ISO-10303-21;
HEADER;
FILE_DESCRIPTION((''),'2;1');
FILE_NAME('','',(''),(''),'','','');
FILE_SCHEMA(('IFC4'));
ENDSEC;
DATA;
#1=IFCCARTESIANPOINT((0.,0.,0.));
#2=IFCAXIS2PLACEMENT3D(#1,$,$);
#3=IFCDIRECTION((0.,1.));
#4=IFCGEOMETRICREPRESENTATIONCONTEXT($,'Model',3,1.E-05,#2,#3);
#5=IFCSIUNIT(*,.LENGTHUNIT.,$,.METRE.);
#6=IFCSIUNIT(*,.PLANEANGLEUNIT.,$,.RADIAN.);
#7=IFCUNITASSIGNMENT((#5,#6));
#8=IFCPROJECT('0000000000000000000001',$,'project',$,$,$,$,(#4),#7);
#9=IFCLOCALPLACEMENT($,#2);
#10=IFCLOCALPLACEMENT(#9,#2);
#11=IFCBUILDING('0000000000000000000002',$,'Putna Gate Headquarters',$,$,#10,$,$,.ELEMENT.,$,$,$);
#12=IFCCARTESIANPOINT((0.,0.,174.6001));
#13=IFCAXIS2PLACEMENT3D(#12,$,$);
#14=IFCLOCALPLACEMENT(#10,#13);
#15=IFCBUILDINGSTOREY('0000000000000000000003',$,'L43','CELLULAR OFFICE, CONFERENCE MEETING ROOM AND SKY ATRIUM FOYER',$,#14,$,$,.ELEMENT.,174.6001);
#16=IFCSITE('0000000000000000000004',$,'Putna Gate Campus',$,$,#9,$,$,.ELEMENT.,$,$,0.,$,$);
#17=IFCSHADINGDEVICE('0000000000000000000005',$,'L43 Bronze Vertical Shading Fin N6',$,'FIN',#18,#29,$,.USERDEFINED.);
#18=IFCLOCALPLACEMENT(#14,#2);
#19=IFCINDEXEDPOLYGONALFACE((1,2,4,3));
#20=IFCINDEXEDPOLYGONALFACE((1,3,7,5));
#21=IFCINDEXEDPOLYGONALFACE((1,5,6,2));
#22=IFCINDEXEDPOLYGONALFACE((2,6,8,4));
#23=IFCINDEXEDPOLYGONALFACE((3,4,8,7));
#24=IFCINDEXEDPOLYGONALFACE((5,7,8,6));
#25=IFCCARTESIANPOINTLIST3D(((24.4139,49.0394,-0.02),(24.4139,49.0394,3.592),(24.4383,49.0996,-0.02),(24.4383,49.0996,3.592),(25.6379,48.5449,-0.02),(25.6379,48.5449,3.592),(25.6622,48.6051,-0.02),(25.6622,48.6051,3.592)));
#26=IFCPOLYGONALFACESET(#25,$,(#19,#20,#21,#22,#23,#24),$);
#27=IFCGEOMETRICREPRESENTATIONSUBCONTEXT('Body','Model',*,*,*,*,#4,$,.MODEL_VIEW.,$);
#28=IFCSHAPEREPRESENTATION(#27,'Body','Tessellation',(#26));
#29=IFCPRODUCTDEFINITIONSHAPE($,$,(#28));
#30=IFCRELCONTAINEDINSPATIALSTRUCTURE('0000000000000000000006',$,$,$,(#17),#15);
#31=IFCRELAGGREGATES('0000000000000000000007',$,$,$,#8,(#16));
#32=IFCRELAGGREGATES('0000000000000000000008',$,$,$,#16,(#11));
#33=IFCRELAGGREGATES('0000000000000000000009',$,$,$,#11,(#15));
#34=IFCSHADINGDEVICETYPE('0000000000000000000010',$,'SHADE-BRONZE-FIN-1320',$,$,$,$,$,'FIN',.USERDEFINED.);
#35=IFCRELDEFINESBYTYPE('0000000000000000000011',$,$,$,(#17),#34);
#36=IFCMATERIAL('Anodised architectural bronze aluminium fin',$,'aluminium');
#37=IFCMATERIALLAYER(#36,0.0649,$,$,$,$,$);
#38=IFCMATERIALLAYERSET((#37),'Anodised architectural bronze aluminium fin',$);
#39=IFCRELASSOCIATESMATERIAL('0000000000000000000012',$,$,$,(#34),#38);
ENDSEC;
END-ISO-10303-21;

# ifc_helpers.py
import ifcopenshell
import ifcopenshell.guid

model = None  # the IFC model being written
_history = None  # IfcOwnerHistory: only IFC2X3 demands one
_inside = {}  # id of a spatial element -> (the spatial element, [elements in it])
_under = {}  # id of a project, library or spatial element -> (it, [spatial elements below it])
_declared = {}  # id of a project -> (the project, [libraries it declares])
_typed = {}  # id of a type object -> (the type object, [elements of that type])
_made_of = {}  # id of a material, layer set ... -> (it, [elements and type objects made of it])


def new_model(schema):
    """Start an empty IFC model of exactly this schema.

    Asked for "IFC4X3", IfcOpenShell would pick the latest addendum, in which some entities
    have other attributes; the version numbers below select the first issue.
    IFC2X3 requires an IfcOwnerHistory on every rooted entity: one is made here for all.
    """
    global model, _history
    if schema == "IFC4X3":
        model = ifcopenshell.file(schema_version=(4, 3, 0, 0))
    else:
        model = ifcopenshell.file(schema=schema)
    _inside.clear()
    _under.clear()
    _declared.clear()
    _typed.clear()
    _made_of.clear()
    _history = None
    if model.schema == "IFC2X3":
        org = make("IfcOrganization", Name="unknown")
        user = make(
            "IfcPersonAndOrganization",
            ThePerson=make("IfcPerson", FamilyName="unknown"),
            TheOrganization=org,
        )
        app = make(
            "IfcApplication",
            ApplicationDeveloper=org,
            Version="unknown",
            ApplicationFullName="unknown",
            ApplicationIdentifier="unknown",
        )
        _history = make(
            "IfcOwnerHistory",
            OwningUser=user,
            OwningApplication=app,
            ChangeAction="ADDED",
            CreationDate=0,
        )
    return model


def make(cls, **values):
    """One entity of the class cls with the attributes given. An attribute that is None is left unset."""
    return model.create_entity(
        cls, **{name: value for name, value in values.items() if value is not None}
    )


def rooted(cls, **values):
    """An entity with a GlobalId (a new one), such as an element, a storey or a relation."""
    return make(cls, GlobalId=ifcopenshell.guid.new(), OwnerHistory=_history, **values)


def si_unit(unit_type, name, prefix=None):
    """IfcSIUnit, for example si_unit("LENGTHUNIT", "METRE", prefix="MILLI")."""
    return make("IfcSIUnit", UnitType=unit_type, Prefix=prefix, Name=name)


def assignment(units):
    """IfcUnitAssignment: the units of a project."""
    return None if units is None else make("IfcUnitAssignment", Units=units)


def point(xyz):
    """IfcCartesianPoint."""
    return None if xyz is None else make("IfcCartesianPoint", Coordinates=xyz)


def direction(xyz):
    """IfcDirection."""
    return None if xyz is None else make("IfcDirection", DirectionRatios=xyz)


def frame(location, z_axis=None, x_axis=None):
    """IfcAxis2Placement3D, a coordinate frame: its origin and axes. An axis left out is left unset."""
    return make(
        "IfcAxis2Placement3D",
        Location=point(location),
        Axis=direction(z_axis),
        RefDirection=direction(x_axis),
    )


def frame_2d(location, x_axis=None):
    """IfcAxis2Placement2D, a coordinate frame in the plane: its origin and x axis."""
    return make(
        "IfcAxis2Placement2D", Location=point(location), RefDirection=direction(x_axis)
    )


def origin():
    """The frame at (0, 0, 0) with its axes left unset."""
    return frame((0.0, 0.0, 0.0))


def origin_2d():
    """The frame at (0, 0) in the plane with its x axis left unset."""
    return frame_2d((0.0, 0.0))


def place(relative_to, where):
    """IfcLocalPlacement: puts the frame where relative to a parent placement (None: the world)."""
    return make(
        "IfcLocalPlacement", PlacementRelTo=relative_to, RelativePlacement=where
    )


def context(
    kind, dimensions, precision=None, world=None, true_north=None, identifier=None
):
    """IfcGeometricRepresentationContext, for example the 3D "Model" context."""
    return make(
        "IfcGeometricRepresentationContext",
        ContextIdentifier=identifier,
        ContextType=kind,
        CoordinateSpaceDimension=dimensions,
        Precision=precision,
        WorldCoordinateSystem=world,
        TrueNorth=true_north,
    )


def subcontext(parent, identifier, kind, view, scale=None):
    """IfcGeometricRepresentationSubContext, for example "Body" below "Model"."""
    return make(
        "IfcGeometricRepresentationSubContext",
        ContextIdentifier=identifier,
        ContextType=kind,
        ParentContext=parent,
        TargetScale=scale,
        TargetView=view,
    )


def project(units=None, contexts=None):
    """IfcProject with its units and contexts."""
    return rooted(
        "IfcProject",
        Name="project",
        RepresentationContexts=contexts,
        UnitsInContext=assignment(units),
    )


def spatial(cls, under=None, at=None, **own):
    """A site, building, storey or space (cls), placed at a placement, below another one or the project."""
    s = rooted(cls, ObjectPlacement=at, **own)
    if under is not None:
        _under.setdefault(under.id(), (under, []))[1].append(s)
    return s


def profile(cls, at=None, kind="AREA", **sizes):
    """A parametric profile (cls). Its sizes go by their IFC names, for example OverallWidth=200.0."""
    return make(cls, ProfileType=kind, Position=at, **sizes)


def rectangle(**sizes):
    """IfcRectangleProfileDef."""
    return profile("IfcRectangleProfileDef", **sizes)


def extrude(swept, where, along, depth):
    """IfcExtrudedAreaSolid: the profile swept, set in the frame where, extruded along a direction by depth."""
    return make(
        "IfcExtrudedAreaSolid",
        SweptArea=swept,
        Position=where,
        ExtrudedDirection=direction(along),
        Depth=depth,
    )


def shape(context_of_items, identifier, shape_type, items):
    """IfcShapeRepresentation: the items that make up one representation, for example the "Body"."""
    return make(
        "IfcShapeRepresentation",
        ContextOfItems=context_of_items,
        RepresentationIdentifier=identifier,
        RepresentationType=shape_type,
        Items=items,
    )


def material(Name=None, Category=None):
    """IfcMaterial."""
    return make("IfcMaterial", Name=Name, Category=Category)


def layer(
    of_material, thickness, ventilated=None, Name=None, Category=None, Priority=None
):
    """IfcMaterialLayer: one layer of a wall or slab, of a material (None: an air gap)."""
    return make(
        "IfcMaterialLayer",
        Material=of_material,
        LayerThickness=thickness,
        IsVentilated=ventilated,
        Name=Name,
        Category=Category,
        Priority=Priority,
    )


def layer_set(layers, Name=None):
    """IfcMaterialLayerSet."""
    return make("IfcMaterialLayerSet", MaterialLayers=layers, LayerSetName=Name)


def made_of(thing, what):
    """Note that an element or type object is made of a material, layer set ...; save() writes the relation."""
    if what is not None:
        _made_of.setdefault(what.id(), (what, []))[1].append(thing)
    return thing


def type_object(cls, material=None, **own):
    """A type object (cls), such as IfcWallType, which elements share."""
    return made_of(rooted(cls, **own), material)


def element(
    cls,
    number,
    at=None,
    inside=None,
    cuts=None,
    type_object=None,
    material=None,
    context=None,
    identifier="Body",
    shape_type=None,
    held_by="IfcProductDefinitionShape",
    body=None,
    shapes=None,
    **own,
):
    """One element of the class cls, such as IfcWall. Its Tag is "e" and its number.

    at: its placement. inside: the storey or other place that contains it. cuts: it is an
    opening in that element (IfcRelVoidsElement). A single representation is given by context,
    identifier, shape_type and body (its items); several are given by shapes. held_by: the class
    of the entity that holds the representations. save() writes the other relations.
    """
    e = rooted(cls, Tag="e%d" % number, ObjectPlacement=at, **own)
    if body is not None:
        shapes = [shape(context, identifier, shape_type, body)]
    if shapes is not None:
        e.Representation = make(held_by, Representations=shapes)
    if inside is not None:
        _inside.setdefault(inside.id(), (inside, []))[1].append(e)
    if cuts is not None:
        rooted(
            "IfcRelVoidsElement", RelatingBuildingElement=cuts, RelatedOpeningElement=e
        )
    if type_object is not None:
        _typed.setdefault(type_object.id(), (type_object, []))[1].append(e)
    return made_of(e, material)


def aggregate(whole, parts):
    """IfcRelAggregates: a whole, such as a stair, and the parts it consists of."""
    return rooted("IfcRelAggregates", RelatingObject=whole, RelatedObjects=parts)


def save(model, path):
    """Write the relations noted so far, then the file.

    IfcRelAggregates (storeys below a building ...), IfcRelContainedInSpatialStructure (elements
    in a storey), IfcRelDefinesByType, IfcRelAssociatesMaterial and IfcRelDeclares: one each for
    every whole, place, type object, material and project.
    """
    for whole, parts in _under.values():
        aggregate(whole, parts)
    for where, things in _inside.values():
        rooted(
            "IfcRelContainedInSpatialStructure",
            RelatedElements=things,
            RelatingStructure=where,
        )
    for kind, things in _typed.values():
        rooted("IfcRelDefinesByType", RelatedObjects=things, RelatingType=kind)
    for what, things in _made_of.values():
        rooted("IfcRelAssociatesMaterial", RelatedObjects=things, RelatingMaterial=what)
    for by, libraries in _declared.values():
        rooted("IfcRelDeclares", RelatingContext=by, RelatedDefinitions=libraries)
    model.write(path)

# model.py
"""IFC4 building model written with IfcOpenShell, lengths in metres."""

from ifc_helpers import new_model, si_unit, direction, frame, origin, origin_2d, place, context, subcontext, project, spatial, rectangle, extrude, material, layer, layer_set, type_object, element, save


model = new_model("IFC4")

# Units and contexts
model_context = context("Model", 3, precision=1e-05, world=origin(), true_north=direction((0.0, 1.0)))
body_context = subcontext(model_context, "Body", "Model", "MODEL_VIEW")
ifc_project = project(units=[si_unit("LENGTHUNIT", "METRE"), si_unit("PLANEANGLEUNIT", "RADIAN")], contexts=[model_context])

# Site, building, storey
site_placement = place(None, origin())
site = spatial("IfcSite", under=ifc_project, at=site_placement, Name="Putna Gate Campus", CompositionType="ELEMENT", RefElevation=0.0)
building_placement = place(site_placement, origin())
building = spatial("IfcBuilding", under=site, at=building_placement, Name="Putna Gate Headquarters", CompositionType="ELEMENT")
storey_placement = place(building_placement, frame((0.0, 0.0, 174.6001)))
storey = spatial("IfcBuildingStorey", under=building, at=storey_placement, Name="L43", Description="CELLULAR OFFICE, CONFERENCE MEETING ROOM AND SKY ATRIUM FOYER", CompositionType="ELEMENT", Elevation=174.6001)

# Shading device
ifc_material_1 = material(Name="Anodised architectural bronze aluminium fin", Category="aluminium")
ifc_layer_1 = layer(ifc_material_1, 0.0649)
ifc_layer_set_1 = layer_set([ifc_layer_1], Name="Anodised architectural bronze aluminium fin")
shading_device_type = type_object("IfcShadingDeviceType", Name="SHADE-BRONZE-FIN-1320", ElementType="FIN", PredefinedType="USERDEFINED", material=ifc_layer_set_1)
for number, where, z_axis, x_axis, name in (
    (1, (25.0381, 48.8223, -0.02), (0.0, 0.0, 1.0), (-0.927184, 0.374607, 0.0), "L43 Bronze Vertical Shading Fin N6"),
):
    element("IfcShadingDevice", number, at=place(storey_placement, frame(where, z_axis=z_axis, x_axis=x_axis)), inside=storey, type_object=shading_device_type, Name=name, ObjectType="FIN", PredefinedType="USERDEFINED", context=body_context, shape_type="SweptSolid", body=[
        extrude(rectangle(XDim=1.3201, YDim=0.0649, at=origin_2d()), origin(), (0.0, 0.0, 1.0), 3.6121),
    ])

save(model, "model.ifc")
